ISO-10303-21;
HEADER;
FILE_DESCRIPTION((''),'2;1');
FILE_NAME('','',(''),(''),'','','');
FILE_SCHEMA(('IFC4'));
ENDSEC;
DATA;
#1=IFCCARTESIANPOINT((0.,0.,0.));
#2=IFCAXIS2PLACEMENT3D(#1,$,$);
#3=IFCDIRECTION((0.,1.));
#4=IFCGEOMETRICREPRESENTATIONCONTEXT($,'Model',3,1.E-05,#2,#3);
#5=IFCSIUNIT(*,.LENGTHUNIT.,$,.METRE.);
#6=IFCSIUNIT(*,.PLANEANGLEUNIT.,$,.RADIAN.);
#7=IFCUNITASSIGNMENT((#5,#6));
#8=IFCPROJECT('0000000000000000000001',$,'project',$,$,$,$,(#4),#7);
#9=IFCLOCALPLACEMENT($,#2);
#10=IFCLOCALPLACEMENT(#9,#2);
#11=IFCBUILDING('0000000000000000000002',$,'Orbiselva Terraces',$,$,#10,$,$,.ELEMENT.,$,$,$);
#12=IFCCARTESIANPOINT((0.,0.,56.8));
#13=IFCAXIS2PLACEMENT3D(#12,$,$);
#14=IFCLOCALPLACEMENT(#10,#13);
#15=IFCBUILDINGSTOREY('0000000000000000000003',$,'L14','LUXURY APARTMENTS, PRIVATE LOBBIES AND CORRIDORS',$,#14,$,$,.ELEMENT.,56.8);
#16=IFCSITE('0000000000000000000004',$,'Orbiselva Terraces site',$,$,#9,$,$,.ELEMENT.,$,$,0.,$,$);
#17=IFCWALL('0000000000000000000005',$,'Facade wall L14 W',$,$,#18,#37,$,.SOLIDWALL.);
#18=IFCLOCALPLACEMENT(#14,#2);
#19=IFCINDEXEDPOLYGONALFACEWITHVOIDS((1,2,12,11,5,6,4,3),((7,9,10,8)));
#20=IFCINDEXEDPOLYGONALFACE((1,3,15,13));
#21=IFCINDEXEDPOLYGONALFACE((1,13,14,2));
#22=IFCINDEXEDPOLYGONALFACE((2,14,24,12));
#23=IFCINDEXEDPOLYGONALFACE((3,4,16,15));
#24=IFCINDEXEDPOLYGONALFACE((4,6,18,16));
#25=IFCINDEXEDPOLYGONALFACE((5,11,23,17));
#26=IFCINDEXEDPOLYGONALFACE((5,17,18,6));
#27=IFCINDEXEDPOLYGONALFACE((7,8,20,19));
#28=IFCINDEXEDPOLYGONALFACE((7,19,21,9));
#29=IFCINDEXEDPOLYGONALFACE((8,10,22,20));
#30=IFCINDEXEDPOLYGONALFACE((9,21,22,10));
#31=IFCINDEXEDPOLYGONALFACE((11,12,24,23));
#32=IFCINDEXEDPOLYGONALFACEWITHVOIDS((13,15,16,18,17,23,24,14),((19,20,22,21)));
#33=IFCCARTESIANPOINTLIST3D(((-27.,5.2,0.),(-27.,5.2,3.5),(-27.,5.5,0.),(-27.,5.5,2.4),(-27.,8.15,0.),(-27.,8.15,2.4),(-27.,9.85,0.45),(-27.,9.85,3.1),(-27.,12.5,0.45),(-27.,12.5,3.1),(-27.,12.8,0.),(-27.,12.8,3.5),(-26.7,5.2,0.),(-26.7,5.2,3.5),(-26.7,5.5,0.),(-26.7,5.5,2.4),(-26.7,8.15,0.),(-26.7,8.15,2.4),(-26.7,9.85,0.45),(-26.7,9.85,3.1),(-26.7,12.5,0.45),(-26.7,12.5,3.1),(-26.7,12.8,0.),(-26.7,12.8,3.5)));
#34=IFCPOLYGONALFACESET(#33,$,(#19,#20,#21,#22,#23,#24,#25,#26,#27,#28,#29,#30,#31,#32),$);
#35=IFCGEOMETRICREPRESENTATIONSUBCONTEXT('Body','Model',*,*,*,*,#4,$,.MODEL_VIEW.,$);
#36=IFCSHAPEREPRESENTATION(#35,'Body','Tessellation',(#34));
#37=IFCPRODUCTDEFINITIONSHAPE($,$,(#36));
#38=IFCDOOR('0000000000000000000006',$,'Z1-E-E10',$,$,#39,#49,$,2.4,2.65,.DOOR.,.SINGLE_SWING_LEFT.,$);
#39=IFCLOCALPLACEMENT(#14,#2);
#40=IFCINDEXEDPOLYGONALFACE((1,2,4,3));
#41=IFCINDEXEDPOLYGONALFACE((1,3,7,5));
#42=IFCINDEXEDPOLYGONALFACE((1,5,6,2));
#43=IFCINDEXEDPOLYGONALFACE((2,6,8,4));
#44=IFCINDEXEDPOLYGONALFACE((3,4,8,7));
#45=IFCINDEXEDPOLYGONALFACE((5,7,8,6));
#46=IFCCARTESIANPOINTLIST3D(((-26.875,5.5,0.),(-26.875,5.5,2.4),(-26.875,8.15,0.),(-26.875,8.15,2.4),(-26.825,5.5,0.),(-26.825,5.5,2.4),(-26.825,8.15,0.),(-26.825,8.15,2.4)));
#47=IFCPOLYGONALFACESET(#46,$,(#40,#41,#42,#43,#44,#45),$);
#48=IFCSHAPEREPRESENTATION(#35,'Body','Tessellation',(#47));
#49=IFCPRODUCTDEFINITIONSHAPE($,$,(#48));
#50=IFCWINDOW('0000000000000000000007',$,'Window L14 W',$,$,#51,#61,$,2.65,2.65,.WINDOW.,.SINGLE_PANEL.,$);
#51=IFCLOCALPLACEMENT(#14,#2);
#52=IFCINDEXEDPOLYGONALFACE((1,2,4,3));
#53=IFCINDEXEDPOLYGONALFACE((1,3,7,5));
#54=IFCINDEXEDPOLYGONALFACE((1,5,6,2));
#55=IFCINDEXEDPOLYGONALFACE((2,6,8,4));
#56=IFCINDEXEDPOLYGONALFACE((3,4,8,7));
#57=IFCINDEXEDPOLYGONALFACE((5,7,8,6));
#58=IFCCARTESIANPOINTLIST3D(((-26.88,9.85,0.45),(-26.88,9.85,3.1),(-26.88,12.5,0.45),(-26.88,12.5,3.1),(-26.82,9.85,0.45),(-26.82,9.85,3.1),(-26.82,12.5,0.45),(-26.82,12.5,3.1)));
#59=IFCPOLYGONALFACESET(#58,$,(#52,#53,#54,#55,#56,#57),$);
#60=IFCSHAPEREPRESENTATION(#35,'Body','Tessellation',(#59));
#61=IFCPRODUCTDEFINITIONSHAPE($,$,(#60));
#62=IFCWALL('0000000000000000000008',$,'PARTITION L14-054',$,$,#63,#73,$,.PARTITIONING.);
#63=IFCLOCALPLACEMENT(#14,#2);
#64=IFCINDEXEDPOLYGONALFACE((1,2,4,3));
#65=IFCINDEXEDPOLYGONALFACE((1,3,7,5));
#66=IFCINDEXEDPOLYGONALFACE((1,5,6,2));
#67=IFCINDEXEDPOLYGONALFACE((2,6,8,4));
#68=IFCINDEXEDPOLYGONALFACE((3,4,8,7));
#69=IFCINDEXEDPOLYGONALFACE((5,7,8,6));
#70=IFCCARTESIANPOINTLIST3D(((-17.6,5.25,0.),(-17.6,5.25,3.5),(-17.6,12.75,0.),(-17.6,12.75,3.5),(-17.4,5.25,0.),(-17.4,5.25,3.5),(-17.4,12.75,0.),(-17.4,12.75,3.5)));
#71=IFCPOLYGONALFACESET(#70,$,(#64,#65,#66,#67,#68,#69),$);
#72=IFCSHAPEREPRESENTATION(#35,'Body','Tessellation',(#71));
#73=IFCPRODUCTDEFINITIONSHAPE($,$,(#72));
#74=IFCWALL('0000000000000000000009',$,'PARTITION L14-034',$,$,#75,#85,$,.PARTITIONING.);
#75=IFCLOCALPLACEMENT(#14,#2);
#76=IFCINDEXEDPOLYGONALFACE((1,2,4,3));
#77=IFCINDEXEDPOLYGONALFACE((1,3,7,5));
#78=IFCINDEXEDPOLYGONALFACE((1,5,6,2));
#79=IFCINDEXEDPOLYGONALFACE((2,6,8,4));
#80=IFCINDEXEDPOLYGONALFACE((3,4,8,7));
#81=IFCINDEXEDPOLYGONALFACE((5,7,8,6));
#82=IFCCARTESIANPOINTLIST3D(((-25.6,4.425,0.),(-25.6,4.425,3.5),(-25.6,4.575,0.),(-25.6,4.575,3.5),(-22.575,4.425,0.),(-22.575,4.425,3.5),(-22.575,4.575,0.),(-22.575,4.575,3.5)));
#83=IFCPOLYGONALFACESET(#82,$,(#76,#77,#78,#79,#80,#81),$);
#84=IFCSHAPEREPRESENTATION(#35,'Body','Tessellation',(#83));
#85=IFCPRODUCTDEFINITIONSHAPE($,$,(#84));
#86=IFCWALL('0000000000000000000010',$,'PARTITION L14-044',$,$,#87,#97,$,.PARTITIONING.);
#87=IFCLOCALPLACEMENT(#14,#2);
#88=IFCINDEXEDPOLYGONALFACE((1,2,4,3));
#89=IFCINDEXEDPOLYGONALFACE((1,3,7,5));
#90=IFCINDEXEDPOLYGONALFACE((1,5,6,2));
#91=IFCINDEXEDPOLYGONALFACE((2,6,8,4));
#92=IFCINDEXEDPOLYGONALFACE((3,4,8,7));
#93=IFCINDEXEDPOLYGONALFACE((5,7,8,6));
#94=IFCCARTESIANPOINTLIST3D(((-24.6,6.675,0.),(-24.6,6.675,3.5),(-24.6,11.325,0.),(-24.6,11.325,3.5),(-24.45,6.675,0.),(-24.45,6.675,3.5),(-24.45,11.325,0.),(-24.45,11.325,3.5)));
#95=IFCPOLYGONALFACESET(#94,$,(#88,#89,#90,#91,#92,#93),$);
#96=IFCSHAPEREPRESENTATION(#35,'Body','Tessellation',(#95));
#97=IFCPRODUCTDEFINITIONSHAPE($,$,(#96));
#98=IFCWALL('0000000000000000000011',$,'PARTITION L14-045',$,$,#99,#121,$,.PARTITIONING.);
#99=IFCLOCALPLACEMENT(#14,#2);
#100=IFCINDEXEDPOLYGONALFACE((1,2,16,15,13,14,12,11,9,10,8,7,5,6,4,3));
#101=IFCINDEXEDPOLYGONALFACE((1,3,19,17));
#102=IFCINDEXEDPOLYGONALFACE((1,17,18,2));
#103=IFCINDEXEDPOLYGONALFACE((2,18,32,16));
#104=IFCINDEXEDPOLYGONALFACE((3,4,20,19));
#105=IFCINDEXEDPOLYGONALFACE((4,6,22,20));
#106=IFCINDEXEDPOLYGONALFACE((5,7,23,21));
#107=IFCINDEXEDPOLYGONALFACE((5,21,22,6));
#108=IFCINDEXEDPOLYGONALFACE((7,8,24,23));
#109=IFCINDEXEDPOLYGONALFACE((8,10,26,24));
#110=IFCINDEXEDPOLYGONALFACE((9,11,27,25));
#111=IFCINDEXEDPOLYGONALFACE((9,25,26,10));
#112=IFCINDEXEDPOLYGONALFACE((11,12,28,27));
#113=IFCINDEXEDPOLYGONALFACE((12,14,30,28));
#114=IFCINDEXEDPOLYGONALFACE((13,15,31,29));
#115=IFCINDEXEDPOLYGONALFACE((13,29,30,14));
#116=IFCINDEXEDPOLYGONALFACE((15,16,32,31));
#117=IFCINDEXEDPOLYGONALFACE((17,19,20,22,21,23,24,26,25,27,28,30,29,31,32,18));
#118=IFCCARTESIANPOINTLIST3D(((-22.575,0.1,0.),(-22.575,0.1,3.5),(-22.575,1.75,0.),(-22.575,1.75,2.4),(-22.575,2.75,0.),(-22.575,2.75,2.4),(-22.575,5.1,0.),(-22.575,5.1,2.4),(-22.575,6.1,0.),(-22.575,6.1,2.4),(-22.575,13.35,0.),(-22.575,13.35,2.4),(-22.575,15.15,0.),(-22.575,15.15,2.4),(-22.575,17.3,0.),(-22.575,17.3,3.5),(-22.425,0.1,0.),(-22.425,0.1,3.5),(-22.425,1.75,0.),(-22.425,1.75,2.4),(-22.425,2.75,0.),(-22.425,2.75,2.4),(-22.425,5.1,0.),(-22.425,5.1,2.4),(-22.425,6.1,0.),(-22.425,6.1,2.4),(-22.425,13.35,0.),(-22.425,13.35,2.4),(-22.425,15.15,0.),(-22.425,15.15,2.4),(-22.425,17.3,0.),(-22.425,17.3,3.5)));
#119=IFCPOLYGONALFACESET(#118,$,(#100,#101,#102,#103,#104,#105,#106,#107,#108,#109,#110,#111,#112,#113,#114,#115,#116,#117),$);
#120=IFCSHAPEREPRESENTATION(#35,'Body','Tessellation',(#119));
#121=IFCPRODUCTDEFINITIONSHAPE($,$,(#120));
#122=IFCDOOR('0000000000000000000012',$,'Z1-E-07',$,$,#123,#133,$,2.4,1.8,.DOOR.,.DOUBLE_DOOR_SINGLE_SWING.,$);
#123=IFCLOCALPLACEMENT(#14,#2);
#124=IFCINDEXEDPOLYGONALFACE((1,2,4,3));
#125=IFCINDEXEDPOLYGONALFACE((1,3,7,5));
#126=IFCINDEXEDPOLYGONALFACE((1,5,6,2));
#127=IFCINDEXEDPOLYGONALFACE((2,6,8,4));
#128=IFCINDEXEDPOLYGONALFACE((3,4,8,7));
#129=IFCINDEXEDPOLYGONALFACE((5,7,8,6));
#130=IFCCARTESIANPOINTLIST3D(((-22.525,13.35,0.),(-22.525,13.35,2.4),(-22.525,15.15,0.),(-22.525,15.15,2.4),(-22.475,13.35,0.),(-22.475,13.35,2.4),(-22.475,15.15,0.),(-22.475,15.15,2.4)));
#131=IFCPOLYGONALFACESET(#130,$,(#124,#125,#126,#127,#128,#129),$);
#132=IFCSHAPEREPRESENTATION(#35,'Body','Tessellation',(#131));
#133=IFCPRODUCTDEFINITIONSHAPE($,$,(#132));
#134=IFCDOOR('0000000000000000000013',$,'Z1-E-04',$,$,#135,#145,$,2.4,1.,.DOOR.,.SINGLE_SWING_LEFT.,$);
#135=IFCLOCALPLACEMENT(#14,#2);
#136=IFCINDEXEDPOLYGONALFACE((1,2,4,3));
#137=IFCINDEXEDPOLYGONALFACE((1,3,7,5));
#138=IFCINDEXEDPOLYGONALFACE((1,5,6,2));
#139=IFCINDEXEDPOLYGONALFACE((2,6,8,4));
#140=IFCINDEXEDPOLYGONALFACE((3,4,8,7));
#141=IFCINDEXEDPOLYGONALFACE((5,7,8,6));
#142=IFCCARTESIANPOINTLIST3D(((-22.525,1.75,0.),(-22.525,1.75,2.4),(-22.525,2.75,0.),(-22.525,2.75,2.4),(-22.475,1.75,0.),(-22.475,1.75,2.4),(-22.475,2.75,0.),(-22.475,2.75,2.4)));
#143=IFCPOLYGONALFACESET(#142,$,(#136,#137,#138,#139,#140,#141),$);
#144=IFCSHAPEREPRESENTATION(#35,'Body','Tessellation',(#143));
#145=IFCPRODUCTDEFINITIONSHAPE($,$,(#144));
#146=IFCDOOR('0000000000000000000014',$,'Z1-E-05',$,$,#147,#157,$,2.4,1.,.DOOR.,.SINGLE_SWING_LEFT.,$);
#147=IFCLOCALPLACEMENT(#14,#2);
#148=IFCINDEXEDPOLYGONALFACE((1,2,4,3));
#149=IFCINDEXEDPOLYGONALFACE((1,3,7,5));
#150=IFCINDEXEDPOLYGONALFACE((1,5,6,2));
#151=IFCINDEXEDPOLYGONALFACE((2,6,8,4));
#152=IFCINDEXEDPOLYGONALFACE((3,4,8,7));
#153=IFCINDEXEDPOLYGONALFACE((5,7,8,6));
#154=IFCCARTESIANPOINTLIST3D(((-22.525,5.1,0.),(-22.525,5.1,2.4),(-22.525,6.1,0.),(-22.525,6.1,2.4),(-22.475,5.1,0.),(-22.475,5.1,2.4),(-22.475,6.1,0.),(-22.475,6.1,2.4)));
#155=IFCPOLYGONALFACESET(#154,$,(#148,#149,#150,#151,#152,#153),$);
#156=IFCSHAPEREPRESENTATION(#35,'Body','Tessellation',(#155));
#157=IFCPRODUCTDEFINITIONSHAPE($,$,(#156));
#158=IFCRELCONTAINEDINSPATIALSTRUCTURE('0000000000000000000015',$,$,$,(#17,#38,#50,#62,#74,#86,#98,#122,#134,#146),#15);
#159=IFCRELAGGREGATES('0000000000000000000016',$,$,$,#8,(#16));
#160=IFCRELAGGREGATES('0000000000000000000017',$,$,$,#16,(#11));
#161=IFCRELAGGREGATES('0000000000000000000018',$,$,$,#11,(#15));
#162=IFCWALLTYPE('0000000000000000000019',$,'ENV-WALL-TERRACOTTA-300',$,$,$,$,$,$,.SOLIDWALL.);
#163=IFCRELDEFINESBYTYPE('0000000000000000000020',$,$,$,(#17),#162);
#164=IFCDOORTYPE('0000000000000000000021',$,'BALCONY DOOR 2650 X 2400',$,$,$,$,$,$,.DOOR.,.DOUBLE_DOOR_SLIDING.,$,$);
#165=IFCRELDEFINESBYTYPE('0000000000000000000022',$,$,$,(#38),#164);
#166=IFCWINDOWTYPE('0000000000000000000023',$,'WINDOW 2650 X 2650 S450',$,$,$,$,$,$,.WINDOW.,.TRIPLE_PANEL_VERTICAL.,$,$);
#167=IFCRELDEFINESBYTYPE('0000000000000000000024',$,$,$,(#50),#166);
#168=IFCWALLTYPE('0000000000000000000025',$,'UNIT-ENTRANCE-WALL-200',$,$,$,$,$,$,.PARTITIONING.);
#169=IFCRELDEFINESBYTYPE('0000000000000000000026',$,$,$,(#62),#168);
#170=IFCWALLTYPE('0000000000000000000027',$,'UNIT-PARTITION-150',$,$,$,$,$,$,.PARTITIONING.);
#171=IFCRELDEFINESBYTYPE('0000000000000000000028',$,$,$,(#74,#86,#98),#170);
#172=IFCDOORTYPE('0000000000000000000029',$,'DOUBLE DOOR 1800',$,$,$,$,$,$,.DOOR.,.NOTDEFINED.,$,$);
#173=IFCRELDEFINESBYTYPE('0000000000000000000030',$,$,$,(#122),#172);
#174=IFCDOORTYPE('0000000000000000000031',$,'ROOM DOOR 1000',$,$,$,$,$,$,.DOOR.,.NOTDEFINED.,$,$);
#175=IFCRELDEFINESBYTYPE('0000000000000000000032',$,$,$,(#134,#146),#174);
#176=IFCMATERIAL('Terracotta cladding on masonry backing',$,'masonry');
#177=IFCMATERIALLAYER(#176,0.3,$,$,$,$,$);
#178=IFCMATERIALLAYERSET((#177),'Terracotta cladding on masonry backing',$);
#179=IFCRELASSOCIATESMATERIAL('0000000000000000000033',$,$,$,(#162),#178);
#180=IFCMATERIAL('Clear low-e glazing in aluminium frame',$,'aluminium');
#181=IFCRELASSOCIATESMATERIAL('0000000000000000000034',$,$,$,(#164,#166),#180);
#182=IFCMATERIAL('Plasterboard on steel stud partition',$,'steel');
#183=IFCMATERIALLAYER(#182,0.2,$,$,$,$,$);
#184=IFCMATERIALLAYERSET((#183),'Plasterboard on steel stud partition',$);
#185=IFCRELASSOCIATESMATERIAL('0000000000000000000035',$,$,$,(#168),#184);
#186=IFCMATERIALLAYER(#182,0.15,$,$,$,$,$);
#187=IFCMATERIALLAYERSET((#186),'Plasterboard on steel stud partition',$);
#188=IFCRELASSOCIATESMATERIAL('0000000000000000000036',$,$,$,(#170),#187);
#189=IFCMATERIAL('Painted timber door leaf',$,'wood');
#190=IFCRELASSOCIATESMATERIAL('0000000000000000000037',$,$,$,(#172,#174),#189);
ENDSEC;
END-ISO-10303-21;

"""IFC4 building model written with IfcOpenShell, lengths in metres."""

from ifc_helpers import new_model, si_unit, direction, frame, frame_2d, origin, place, context, subcontext, project, spatial, rectangle, extrude, material, layer, layer_set, type_object, element, fill, save


model = new_model("IFC4")

# Units and contexts
model_context = context("Model", 3, precision=1e-05, world=origin(), true_north=direction((0.0, 1.0)))
body_context = subcontext(model_context, "Body", "Model", "MODEL_VIEW")
ifc_project = project(units=[si_unit("LENGTHUNIT", "METRE"), si_unit("PLANEANGLEUNIT", "RADIAN")], contexts=[model_context])

# Site, building, storey
site_placement = place(None, origin())
site = spatial("IfcSite", under=ifc_project, at=site_placement, Name="Orbiselva Terraces site", CompositionType="ELEMENT", RefElevation=0.0)
building_placement = place(site_placement, origin())
building = spatial("IfcBuilding", under=site, at=building_placement, Name="Orbiselva Terraces", CompositionType="ELEMENT")
storey_placement = place(building_placement, frame((0.0, 0.0, 56.8)))
storey = spatial("IfcBuildingStorey", under=building, at=storey_placement, Name="L14", Description="LUXURY APARTMENTS, PRIVATE LOBBIES AND CORRIDORS", CompositionType="ELEMENT", Elevation=56.8)

# Wall, openings, door, window
ifc_material_1 = material(Name="Terracotta cladding on masonry backing", Category="masonry")
ifc_layer_1 = layer(ifc_material_1, 0.3)
ifc_layer_set_1 = layer_set([ifc_layer_1], Name="Terracotta cladding on masonry backing")
wall_type_1 = type_object("IfcWallType", Name="ENV-WALL-TERRACOTTA-300", PredefinedType="SOLIDWALL", material=ifc_layer_set_1)
wall_1_placement = place(storey_placement, frame((-26.85, 5.2, 0.0), z_axis=(0.0, 0.0, 1.0), x_axis=(0.0, 1.0, 0.0)))
wall_1 = element("IfcWall", 1, at=wall_1_placement, inside=storey, type_object=wall_type_1, Name="Facade wall L14 W", PredefinedType="SOLIDWALL", context=body_context, shape_type="SweptSolid", body=[
    extrude(rectangle(XDim=7.6, YDim=0.3, at=frame_2d((3.8, 0.0))), origin(), (0.0, 0.0, 1.0), 3.5),
])
opening_1_placement = place(wall_1_placement, frame((4.65, 0.0, 0.45)))
opening_1 = element("IfcOpeningElement", 2, at=opening_1_placement, cuts=wall_1, PredefinedType="OPENING", context=body_context, shape_type="SweptSolid", body=[
    extrude(rectangle(XDim=2.65, YDim=2.65, at=frame_2d((1.325, 1.325))), frame((0.0, 0.16, 0.0), z_axis=(0.0, -1.0, 0.0), x_axis=(1.0, 0.0, 0.0)), (0.0, 0.0, 1.0), 0.32),
])
opening_2_placement = place(wall_1_placement, frame((0.3, 0.0, 0.0)))
opening_2 = element("IfcOpeningElement", 3, at=opening_2_placement, cuts=wall_1, PredefinedType="OPENING", context=body_context, shape_type="SweptSolid", body=[
    extrude(rectangle(XDim=2.65, YDim=2.4, at=frame_2d((1.325, 1.2))), frame((0.0, 0.16, 0.0), z_axis=(0.0, -1.0, 0.0), x_axis=(1.0, 0.0, 0.0)), (0.0, 0.0, 1.0), 0.32),
])
ifc_material_2 = material(Name="Clear low-e glazing in aluminium frame", Category="aluminium")
door_type_1 = type_object("IfcDoorType", Name="BALCONY DOOR 2650 X 2400", OperationType="DOUBLE_DOOR_SLIDING", PredefinedType="DOOR", material=ifc_material_2)
door_1_placement = place(opening_2_placement, origin())
door_1 = element("IfcDoor", 4, at=door_1_placement, inside=storey, type_object=door_type_1, Name="Z1-E-E10", OperationType="SINGLE_SWING_LEFT", OverallHeight=2.4, OverallWidth=2.65, PredefinedType="DOOR", context=body_context, shape_type="SweptSolid", body=[
    extrude(rectangle(XDim=2.65, YDim=2.4, at=frame_2d((1.325, 1.2))), frame((0.0, 0.025, 0.0), z_axis=(0.0, -1.0, 0.0), x_axis=(1.0, 0.0, 0.0)), (0.0, 0.0, 1.0), 0.05),
])
fill(opening_2, door_1)
window_type = type_object("IfcWindowType", Name="WINDOW 2650 X 2650 S450", PartitioningType="TRIPLE_PANEL_VERTICAL", PredefinedType="WINDOW", material=ifc_material_2)
window_placement = place(opening_1_placement, origin())
window = element("IfcWindow", 5, at=window_placement, inside=storey, type_object=window_type, Name="Window L14 W", OverallHeight=2.65, OverallWidth=2.65, PartitioningType="SINGLE_PANEL", PredefinedType="WINDOW", context=body_context, shape_type="SweptSolid", body=[
    extrude(rectangle(XDim=2.65, YDim=2.65, at=frame_2d((1.325, 1.325))), frame((0.0, 0.03, 0.0), z_axis=(0.0, -1.0, 0.0), x_axis=(1.0, 0.0, 0.0)), (0.0, 0.0, 1.0), 0.06),
])
fill(opening_1, window)

# Walls
ifc_material_3 = material(Name="Plasterboard on steel stud partition", Category="steel")
ifc_layer_2 = layer(ifc_material_3, 0.2)
ifc_layer_set_2 = layer_set([ifc_layer_2], Name="Plasterboard on steel stud partition")
wall_type_2 = type_object("IfcWallType", Name="UNIT-ENTRANCE-WALL-200", PredefinedType="PARTITIONING", material=ifc_layer_set_2)
wall_2_placement = place(storey_placement, frame((-17.5, 5.25, 0.0), z_axis=(0.0, 0.0, 1.0), x_axis=(0.0, 1.0, 0.0)))
element("IfcWall", 6, at=wall_2_placement, inside=storey, type_object=wall_type_2, Name="PARTITION L14-054", PredefinedType="PARTITIONING", context=body_context, shape_type="SweptSolid", body=[
    extrude(rectangle(XDim=7.5, YDim=0.2, at=frame_2d((3.75, 0.0))), origin(), (0.0, 0.0, 1.0), 3.5),
])
ifc_layer_3 = layer(ifc_material_3, 0.15)
ifc_layer_set_3 = layer_set([ifc_layer_3], Name="Plasterboard on steel stud partition")
wall_type_3 = type_object("IfcWallType", Name="UNIT-PARTITION-150", PredefinedType="PARTITIONING", material=ifc_layer_set_3)
wall_3_placement = place(storey_placement, frame((-25.6, 4.5, 0.0), z_axis=(0.0, 0.0, 1.0), x_axis=(1.0, 0.0, 0.0)))
element("IfcWall", 7, at=wall_3_placement, inside=storey, type_object=wall_type_3, Name="PARTITION L14-034", PredefinedType="PARTITIONING", context=body_context, shape_type="SweptSolid", body=[
    extrude(rectangle(XDim=3.025, YDim=0.15, at=frame_2d((1.5125, 0.0))), origin(), (0.0, 0.0, 1.0), 3.5),
])
wall_4_placement = place(storey_placement, frame((-24.525, 6.675, 0.0), z_axis=(0.0, 0.0, 1.0), x_axis=(0.0, 1.0, 0.0)))
element("IfcWall", 8, at=wall_4_placement, inside=storey, type_object=wall_type_3, Name="PARTITION L14-044", PredefinedType="PARTITIONING", context=body_context, shape_type="SweptSolid", body=[
    extrude(rectangle(XDim=4.65, YDim=0.15, at=frame_2d((2.325, 0.0))), origin(), (0.0, 0.0, 1.0), 3.5),
])

# Wall, openings, doors
wall_5_placement = place(storey_placement, frame((-22.5, 0.1, 0.0), z_axis=(0.0, 0.0, 1.0), x_axis=(0.0, 1.0, 0.0)))
wall_5 = element("IfcWall", 9, at=wall_5_placement, inside=storey, type_object=wall_type_3, Name="PARTITION L14-045", PredefinedType="PARTITIONING", context=body_context, shape_type="SweptSolid", body=[
    extrude(rectangle(XDim=17.2, YDim=0.15, at=frame_2d((8.6, 0.0))), origin(), (0.0, 0.0, 1.0), 3.5),
])
opening_3_placement = place(wall_5_placement, frame((1.65, 0.0, 0.0)))
opening_3 = element("IfcOpeningElement", 10, at=opening_3_placement, cuts=wall_5, PredefinedType="OPENING", context=body_context, shape_type="SweptSolid", body=[
    extrude(rectangle(XDim=1.0, YDim=2.4, at=frame_2d((0.5, 1.2))), frame((0.0, 0.085, 0.0), z_axis=(0.0, -1.0, 0.0), x_axis=(1.0, 0.0, 0.0)), (0.0, 0.0, 1.0), 0.17),
])
opening_4_placement = place(wall_5_placement, frame((5.0, 0.0, 0.0)))
opening_4 = element("IfcOpeningElement", 11, at=opening_4_placement, cuts=wall_5, PredefinedType="OPENING", context=body_context, shape_type="SweptSolid", body=[
    extrude(rectangle(XDim=1.0, YDim=2.4, at=frame_2d((0.5, 1.2))), frame((0.0, 0.085, 0.0), z_axis=(0.0, -1.0, 0.0), x_axis=(1.0, 0.0, 0.0)), (0.0, 0.0, 1.0), 0.17),
])
opening_5_placement = place(wall_5_placement, frame((13.25, 0.0, 0.0)))
opening_5 = element("IfcOpeningElement", 12, at=opening_5_placement, cuts=wall_5, PredefinedType="OPENING", context=body_context, shape_type="SweptSolid", body=[
    extrude(rectangle(XDim=1.8, YDim=2.4, at=frame_2d((0.9, 1.2))), frame((0.0, 0.085, 0.0), z_axis=(0.0, -1.0, 0.0), x_axis=(1.0, 0.0, 0.0)), (0.0, 0.0, 1.0), 0.17),
])
ifc_material_4 = material(Name="Painted timber door leaf", Category="wood")
door_type_2 = type_object("IfcDoorType", Name="DOUBLE DOOR 1800", OperationType="NOTDEFINED", PredefinedType="DOOR", material=ifc_material_4)
door_2_placement = place(opening_5_placement, origin())
door_2 = element("IfcDoor", 13, at=door_2_placement, inside=storey, type_object=door_type_2, Name="Z1-E-07", OperationType="DOUBLE_DOOR_SINGLE_SWING", OverallHeight=2.4, OverallWidth=1.8, PredefinedType="DOOR", context=body_context, shape_type="SweptSolid", body=[
    extrude(rectangle(XDim=1.8, YDim=2.4, at=frame_2d((0.9, 1.2))), frame((0.0, 0.025, 0.0), z_axis=(0.0, -1.0, 0.0), x_axis=(1.0, 0.0, 0.0)), (0.0, 0.0, 1.0), 0.05),
])
fill(opening_5, door_2)
door_type_3 = type_object("IfcDoorType", Name="ROOM DOOR 1000", OperationType="NOTDEFINED", PredefinedType="DOOR", material=ifc_material_4)
door_3_placement = place(opening_3_placement, origin())
door_3 = element("IfcDoor", 14, at=door_3_placement, inside=storey, type_object=door_type_3, Name="Z1-E-04", OperationType="SINGLE_SWING_LEFT", OverallHeight=2.4, OverallWidth=1.0, PredefinedType="DOOR", context=body_context, shape_type="SweptSolid", body=[
    extrude(rectangle(XDim=1.0, YDim=2.4, at=frame_2d((0.5, 1.2))), frame((0.0, 0.025, 0.0), z_axis=(0.0, -1.0, 0.0), x_axis=(1.0, 0.0, 0.0)), (0.0, 0.0, 1.0), 0.05),
])
fill(opening_3, door_3)
door_4_placement = place(opening_4_placement, origin())
door_4 = element("IfcDoor", 15, at=door_4_placement, inside=storey, type_object=door_type_3, Name="Z1-E-05", OperationType="SINGLE_SWING_LEFT", OverallHeight=2.4, OverallWidth=1.0, PredefinedType="DOOR", context=body_context, shape_type="SweptSolid", body=[
    extrude(rectangle(XDim=1.0, YDim=2.4, at=frame_2d((0.5, 1.2))), frame((0.0, 0.025, 0.0), z_axis=(0.0, -1.0, 0.0), x_axis=(1.0, 0.0, 0.0)), (0.0, 0.0, 1.0), 0.05),
])
fill(opening_4, door_4)

save(model, "model.ifc")
